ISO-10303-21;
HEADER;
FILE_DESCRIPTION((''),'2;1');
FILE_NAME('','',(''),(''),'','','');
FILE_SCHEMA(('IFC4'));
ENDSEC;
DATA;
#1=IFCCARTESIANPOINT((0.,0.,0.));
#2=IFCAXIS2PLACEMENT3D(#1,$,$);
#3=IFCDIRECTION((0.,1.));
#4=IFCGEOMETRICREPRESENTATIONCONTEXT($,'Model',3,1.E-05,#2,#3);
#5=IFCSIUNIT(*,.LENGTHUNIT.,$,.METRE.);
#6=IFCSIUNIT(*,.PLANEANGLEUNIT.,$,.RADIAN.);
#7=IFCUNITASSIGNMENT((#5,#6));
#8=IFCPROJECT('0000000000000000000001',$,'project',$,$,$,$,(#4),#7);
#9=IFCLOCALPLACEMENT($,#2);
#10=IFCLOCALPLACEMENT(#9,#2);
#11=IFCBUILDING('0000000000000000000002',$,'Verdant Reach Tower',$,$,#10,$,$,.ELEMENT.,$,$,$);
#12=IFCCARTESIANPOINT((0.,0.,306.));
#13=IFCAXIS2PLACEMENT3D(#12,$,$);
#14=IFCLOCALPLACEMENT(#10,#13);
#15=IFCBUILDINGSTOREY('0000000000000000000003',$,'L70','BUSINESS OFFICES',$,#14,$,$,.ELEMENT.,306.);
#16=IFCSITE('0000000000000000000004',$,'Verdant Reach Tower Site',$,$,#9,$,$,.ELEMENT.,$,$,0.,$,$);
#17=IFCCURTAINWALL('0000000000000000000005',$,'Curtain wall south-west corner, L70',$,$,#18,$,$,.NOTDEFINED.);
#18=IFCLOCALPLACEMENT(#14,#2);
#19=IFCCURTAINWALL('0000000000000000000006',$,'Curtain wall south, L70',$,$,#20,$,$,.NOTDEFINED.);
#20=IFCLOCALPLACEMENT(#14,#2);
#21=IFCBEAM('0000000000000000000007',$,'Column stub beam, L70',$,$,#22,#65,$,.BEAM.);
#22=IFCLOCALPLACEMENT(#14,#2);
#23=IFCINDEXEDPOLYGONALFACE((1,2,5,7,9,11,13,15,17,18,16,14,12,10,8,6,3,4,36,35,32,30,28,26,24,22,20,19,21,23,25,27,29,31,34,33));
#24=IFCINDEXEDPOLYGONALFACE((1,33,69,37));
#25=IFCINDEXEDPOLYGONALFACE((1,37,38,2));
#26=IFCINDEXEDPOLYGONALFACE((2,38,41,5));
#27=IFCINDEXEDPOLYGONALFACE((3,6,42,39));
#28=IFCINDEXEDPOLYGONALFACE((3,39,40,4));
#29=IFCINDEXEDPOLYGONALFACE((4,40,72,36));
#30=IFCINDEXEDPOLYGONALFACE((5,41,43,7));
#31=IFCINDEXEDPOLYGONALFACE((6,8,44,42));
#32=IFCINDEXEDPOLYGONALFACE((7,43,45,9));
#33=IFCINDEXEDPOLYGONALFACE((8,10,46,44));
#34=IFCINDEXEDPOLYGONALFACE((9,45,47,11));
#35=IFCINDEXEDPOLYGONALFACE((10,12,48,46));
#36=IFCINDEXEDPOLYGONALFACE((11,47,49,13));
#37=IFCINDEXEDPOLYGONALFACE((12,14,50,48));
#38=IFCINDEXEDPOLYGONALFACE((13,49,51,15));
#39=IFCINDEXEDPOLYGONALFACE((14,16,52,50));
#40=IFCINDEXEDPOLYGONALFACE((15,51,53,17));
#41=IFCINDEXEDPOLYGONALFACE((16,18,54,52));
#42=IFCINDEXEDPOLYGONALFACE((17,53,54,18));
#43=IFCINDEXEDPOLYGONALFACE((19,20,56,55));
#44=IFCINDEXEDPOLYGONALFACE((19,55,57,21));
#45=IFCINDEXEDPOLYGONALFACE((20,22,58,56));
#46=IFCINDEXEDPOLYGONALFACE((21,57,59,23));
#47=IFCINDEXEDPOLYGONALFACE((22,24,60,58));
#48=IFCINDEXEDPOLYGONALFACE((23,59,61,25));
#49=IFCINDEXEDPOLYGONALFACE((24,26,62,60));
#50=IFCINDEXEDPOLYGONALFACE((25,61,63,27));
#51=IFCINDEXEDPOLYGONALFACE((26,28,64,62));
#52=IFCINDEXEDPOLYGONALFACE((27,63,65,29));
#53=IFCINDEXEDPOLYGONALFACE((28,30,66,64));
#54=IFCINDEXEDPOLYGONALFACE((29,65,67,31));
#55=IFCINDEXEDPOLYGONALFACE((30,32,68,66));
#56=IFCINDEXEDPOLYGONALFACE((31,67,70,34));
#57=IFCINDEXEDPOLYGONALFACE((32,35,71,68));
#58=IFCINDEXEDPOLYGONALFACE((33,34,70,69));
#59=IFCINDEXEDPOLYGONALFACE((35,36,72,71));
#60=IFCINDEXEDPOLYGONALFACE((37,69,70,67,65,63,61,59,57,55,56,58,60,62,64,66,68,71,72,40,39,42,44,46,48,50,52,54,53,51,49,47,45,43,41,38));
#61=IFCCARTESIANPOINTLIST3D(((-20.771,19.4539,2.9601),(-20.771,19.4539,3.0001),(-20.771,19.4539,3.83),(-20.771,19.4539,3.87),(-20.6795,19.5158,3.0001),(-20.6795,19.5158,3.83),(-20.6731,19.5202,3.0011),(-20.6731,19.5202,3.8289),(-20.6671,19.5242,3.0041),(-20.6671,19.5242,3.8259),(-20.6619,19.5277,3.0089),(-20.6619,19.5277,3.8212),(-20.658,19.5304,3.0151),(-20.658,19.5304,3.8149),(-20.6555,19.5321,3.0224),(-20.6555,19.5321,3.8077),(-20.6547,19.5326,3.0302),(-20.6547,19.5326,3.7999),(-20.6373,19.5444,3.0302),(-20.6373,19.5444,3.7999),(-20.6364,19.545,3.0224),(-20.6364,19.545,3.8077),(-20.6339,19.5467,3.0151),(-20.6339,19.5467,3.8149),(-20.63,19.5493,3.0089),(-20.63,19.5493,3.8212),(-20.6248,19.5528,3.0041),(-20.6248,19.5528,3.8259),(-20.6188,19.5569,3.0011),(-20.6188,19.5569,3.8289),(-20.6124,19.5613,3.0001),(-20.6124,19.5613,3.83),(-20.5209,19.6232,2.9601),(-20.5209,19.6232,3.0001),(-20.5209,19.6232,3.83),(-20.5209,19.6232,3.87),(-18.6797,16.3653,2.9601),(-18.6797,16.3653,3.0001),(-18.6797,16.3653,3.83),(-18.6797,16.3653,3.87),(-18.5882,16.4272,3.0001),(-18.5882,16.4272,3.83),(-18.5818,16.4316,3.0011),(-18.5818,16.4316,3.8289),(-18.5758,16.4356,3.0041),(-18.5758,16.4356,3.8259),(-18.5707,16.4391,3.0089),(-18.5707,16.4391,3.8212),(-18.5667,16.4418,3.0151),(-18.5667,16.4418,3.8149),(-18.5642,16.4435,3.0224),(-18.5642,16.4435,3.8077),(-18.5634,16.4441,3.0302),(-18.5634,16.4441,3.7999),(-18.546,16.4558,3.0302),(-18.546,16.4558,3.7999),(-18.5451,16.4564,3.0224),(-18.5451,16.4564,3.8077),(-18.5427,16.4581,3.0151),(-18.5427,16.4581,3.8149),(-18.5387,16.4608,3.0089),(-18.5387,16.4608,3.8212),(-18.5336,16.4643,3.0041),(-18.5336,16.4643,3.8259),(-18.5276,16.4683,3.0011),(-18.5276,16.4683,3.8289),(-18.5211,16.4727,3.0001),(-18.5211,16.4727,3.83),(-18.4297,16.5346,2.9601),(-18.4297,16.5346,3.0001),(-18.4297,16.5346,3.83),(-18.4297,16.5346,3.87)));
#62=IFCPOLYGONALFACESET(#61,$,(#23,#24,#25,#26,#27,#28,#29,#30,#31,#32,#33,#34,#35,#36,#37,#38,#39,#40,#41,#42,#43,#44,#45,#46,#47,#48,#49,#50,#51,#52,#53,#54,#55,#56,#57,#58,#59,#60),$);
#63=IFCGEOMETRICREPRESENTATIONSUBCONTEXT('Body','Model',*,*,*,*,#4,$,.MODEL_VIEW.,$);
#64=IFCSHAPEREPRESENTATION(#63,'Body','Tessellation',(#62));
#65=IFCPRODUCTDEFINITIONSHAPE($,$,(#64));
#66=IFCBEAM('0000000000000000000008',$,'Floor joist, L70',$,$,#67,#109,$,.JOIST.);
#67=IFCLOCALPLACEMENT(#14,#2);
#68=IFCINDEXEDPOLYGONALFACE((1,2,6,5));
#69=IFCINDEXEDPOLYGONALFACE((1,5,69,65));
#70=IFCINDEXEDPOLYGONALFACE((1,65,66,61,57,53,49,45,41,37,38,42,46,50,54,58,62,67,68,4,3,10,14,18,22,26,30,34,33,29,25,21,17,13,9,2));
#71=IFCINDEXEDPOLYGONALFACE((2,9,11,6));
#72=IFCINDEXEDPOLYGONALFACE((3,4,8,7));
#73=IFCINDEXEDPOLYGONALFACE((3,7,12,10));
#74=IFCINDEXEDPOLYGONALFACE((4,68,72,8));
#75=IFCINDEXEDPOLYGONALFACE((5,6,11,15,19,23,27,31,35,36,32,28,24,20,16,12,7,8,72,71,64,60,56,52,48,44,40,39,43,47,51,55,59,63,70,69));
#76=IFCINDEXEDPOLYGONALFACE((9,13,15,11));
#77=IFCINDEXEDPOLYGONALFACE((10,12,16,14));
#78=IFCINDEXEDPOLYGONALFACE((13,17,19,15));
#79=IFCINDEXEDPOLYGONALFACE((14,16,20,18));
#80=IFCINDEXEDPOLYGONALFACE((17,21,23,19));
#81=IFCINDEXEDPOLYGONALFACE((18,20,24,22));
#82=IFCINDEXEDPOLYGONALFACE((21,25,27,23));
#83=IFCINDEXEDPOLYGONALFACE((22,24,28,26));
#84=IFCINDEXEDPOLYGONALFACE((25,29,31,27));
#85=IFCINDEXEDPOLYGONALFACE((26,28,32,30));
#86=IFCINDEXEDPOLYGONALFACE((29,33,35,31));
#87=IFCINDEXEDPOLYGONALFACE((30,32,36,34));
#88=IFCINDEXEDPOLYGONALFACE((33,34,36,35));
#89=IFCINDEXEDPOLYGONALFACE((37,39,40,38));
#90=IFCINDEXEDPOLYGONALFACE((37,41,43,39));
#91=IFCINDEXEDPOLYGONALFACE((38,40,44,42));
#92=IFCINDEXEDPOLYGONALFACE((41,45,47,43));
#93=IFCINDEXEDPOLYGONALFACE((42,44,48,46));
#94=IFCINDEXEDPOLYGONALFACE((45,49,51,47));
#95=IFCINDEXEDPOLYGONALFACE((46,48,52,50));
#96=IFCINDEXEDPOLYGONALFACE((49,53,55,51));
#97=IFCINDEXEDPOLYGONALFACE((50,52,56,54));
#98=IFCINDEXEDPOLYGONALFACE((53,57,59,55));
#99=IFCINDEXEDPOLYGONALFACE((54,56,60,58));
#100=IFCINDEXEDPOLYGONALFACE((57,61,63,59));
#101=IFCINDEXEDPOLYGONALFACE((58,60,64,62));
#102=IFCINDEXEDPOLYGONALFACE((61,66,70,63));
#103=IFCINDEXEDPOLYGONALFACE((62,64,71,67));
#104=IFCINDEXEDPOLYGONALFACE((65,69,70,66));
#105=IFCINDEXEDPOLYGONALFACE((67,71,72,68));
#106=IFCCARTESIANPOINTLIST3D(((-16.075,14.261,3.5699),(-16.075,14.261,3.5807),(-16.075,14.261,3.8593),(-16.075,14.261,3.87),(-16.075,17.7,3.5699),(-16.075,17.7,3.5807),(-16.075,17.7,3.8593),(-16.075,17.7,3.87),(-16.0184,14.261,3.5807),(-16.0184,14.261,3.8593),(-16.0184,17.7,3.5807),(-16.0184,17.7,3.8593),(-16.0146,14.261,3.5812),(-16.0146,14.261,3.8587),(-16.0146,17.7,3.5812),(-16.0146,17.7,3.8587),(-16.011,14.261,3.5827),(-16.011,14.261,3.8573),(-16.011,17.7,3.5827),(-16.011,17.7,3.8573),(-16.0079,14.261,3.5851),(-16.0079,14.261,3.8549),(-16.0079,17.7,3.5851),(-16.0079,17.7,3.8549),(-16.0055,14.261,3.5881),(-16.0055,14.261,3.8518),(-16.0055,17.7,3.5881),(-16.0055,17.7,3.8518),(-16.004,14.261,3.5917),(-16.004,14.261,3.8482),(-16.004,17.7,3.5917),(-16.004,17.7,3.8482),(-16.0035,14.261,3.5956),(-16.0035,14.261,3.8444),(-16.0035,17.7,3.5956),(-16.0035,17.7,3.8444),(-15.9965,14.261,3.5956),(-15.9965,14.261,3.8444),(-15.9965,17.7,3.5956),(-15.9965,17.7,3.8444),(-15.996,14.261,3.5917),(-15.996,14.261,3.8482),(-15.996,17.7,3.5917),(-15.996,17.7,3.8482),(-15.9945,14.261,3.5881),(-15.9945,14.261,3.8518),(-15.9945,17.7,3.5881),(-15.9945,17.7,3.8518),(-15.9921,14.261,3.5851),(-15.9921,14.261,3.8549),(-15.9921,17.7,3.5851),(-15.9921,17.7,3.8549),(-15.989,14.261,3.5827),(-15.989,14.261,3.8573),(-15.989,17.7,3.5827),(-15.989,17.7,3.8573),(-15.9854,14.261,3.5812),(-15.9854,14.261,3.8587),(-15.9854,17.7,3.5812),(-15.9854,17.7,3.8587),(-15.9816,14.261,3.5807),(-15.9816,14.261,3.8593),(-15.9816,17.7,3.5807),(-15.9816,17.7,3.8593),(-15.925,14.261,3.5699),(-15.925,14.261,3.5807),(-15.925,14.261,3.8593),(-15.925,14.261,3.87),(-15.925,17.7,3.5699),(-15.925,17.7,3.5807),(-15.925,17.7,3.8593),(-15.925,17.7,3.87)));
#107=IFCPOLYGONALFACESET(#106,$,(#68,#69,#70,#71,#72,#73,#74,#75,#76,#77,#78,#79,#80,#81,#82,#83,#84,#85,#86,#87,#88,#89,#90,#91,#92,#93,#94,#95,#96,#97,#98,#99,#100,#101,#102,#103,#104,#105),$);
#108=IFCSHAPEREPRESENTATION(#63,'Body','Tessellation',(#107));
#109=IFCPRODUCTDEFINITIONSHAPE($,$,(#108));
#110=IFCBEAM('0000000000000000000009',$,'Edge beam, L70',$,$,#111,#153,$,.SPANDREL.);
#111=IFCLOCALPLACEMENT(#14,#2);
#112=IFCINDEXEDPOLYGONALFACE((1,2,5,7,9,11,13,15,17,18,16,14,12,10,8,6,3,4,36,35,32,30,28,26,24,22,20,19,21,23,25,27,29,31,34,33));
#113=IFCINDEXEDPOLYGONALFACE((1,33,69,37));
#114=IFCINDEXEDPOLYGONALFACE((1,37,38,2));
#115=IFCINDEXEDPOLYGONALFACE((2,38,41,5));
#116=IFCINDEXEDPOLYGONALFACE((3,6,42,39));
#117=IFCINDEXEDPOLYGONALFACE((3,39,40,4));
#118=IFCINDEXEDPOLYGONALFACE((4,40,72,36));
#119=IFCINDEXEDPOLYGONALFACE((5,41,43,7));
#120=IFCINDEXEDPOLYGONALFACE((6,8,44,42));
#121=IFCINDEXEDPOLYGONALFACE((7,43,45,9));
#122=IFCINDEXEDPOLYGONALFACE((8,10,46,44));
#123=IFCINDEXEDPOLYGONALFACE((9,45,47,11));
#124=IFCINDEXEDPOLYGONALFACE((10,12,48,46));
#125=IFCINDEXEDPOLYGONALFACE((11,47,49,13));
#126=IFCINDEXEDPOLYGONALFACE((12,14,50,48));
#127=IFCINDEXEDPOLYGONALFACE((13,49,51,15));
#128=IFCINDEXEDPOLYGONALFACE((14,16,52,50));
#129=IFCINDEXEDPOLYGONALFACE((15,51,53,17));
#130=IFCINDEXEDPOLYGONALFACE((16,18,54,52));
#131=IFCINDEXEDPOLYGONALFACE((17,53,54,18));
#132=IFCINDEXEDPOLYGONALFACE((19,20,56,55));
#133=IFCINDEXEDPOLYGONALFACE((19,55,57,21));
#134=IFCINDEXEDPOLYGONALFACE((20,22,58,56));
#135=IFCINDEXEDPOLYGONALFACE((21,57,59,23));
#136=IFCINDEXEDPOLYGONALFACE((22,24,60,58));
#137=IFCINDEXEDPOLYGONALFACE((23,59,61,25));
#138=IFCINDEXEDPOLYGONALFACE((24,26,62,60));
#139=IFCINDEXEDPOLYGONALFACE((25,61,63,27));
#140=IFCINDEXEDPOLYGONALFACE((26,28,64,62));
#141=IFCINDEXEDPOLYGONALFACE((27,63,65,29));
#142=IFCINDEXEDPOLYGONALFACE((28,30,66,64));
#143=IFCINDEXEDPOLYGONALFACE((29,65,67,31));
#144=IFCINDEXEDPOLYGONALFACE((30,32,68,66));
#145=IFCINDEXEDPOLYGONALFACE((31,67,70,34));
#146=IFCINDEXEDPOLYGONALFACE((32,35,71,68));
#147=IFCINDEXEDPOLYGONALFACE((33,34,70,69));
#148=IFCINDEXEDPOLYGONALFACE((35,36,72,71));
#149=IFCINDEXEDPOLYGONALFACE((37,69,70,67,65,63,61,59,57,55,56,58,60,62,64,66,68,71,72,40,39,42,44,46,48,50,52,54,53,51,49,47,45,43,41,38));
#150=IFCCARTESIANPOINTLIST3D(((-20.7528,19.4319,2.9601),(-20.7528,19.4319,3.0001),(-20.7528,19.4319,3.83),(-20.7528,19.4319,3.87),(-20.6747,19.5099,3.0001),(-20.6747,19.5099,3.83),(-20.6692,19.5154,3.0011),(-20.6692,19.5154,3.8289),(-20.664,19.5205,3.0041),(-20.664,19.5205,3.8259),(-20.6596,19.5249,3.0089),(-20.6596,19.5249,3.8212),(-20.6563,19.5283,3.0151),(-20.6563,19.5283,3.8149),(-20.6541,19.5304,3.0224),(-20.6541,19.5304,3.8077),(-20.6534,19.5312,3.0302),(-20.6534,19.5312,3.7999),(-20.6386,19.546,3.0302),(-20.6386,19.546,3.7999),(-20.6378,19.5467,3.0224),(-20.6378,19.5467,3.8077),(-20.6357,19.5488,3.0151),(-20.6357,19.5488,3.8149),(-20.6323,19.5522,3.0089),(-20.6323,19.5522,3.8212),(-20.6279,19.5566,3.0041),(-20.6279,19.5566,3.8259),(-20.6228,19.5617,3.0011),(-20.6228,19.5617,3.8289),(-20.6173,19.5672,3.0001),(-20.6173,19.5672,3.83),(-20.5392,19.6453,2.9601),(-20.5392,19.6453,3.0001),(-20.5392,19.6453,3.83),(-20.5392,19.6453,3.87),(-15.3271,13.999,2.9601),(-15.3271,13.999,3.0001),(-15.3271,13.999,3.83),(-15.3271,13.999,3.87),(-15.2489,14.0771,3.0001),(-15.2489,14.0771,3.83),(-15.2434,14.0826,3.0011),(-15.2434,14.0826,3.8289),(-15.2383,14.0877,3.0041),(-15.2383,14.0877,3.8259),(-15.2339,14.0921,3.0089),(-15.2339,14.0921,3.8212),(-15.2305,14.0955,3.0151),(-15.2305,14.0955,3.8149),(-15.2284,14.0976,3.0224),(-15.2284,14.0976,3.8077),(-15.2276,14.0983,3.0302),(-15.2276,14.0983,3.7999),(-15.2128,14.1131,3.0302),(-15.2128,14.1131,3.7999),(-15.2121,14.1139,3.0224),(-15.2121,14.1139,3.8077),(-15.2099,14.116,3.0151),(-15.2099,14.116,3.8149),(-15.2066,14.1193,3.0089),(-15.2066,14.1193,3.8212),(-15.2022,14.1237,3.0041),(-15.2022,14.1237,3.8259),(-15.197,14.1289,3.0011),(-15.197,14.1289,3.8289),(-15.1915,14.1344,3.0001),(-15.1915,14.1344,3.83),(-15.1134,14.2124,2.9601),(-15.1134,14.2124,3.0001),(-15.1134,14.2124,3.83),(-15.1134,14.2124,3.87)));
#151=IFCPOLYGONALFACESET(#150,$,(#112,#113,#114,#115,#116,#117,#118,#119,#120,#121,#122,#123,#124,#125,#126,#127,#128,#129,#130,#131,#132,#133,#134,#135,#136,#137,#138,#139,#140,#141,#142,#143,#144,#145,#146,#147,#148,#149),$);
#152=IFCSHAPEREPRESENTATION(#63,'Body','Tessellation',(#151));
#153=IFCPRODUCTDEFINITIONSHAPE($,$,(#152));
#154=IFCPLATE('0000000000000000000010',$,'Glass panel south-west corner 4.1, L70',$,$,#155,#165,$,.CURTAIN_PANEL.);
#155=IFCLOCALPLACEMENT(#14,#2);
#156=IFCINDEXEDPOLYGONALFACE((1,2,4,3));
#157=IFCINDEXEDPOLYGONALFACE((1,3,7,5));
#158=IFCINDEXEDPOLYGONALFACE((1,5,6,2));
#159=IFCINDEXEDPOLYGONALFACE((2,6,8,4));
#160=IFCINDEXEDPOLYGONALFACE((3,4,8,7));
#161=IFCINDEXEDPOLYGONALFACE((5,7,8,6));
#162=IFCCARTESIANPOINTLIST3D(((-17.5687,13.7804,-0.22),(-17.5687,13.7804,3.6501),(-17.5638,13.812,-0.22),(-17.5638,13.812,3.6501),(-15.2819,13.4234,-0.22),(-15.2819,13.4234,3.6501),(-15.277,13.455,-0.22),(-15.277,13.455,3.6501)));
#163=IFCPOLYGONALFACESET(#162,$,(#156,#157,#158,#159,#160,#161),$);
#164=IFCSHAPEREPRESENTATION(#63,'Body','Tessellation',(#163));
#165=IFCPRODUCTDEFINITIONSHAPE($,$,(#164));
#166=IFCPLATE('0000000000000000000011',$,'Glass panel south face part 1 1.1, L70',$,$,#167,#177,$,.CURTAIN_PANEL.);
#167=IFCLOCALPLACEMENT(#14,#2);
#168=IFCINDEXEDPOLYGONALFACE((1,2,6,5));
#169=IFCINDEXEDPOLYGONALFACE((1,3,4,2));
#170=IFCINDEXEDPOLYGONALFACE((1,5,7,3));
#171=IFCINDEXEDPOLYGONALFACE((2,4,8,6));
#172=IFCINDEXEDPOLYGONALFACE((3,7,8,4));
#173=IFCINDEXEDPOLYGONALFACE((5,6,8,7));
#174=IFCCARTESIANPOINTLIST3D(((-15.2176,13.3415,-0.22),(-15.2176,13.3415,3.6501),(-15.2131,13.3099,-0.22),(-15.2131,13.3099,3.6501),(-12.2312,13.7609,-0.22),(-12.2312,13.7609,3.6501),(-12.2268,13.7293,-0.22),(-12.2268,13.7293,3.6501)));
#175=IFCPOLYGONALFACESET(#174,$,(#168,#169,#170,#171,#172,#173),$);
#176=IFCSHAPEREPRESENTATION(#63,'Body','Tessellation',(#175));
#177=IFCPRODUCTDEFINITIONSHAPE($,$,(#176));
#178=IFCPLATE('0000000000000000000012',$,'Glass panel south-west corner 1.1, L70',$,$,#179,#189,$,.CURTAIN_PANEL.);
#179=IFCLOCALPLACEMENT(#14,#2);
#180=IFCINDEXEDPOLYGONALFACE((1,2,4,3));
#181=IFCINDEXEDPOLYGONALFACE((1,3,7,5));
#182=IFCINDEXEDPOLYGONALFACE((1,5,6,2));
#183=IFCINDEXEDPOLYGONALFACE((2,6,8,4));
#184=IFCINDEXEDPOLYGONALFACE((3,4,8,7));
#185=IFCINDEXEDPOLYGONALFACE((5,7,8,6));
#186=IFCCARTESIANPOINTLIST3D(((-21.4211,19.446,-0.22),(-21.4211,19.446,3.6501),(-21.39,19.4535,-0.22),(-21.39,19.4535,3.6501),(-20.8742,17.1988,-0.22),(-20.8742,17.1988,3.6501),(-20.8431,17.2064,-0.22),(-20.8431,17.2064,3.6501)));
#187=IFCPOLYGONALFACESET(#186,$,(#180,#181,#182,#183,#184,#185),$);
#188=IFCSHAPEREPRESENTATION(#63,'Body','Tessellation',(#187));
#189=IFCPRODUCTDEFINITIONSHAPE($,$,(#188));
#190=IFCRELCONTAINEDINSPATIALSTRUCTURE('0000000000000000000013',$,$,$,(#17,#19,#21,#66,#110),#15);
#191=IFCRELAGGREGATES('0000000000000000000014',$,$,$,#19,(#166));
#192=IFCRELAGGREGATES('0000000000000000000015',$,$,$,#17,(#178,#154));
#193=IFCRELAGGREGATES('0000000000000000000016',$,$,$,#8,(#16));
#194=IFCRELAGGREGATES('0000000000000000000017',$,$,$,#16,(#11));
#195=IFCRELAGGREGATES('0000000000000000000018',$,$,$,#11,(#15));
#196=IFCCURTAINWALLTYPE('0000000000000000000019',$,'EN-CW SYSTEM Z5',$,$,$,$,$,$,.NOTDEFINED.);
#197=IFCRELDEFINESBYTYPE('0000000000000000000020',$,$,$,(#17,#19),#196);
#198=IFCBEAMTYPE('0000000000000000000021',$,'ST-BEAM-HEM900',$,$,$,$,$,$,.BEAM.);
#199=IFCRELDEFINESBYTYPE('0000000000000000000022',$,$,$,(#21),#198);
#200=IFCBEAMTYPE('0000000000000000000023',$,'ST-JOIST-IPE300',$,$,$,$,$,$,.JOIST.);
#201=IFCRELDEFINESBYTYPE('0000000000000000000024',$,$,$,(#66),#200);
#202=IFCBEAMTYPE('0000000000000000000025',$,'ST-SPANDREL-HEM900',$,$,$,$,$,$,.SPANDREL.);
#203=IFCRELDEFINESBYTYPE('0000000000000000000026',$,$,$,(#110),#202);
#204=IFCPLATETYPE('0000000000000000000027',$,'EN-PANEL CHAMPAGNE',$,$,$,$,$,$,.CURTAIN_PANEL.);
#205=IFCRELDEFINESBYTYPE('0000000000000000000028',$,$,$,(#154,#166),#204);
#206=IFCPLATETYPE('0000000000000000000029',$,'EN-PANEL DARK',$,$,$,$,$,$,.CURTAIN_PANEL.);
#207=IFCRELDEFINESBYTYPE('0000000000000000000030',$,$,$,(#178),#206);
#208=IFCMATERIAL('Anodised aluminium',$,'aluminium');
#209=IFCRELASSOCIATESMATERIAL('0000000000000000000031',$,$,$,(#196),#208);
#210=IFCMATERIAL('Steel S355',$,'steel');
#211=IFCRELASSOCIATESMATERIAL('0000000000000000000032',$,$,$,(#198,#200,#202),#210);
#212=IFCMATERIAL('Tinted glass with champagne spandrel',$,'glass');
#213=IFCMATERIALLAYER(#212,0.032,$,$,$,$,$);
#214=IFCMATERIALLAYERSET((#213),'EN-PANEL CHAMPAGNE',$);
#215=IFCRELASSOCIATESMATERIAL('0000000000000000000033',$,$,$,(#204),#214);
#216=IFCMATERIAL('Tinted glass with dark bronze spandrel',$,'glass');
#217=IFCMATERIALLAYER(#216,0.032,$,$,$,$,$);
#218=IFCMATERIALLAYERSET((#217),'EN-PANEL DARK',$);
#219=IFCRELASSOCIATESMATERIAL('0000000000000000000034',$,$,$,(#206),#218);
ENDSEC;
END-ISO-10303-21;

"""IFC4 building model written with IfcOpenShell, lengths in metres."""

from ifc_helpers import new_model, si_unit, direction, frame, origin, origin_2d, place, context, subcontext, project, spatial, rectangle, i_section, extrude, material, layer, layer_set, material_profile, profile_set, type_object, element, aggregate, save


model = new_model("IFC4")

# Units and contexts
model_context = context("Model", 3, precision=1e-05, world=origin(), true_north=direction((0.0, 1.0)))
body_context = subcontext(model_context, "Body", "Model", "MODEL_VIEW")
ifc_project = project(units=[si_unit("LENGTHUNIT", "METRE"), si_unit("PLANEANGLEUNIT", "RADIAN")], contexts=[model_context])

# Site, building, storey
site_placement = place(None, origin())
site = spatial("IfcSite", under=ifc_project, at=site_placement, Name="Verdant Reach Tower Site", CompositionType="ELEMENT", RefElevation=0.0)
building_placement = place(site_placement, origin())
building = spatial("IfcBuilding", under=site, at=building_placement, Name="Verdant Reach Tower", CompositionType="ELEMENT")
storey_placement = place(building_placement, frame((0.0, 0.0, 306.0)))
storey = spatial("IfcBuildingStorey", under=building, at=storey_placement, Name="L70", Description="BUSINESS OFFICES", CompositionType="ELEMENT", Elevation=306.0)

# Curtain walls
ifc_material_1 = material(Name="Anodised aluminium", Category="aluminium")
curtain_wall_type = type_object("IfcCurtainWallType", Name="EN-CW SYSTEM Z5", PredefinedType="NOTDEFINED", material=ifc_material_1)
curtain_wall_1_placement = place(storey_placement, origin())
curtain_wall_1 = element("IfcCurtainWall", 1, at=curtain_wall_1_placement, inside=storey, type_object=curtain_wall_type, Name="Curtain wall south-west corner, L70", PredefinedType="NOTDEFINED")
curtain_wall_2_placement = place(storey_placement, origin())
curtain_wall_2 = element("IfcCurtainWall", 2, at=curtain_wall_2_placement, inside=storey, type_object=curtain_wall_type, Name="Curtain wall south, L70", PredefinedType="NOTDEFINED")

# Beams
ifc_material_2 = material(Name="Steel S355", Category="steel")
ifc_material_profile_1 = material_profile(ifc_material_2, i_section(OverallWidth=0.302, OverallDepth=0.9099, WebThickness=0.021, FlangeThickness=0.04, FilletRadius=0.03, at=origin_2d()), Name="HEM 900")
ifc_profile_set_1 = profile_set([ifc_material_profile_1], Name="Steel S355")
beam_type_1 = type_object("IfcBeamType", Name="ST-BEAM-HEM900", PredefinedType="BEAM", material=ifc_profile_set_1)
beam_1_placement = place(storey_placement, frame((-18.5547, 16.45, 3.415), z_axis=(-0.560667, 0.828041, 0.0), x_axis=(-0.828041, -0.560667, 0.0)))
element("IfcBeam", 3, at=beam_1_placement, inside=storey, type_object=beam_type_1, Name="Column stub beam, L70", PredefinedType="BEAM", context=body_context, shape_type="SweptSolid", body=[
    extrude(i_section(OverallWidth=0.302, OverallDepth=0.9099, WebThickness=0.021, FlangeThickness=0.04, FilletRadius=0.03, at=origin_2d()), origin(), (0.0, 0.0, 1.0), 3.73),
])
ifc_material_profile_2 = material_profile(ifc_material_2, i_section(OverallWidth=0.1499, OverallDepth=0.3, WebThickness=0.0071, FlangeThickness=0.0107, FilletRadius=0.0149, at=origin_2d()), Name="IPE 300")
ifc_profile_set_2 = profile_set([ifc_material_profile_2], Name="Steel S355")
beam_type_2 = type_object("IfcBeamType", Name="ST-JOIST-IPE300", PredefinedType="JOIST", material=ifc_profile_set_2)
beam_2_placement = place(storey_placement, frame((-16.0, 17.7, 3.72), z_axis=(0.0, -1.0, 0.0), x_axis=(1.0, 0.0, 0.0)))
element("IfcBeam", 4, at=beam_2_placement, inside=storey, type_object=beam_type_2, Name="Floor joist, L70", PredefinedType="JOIST", context=body_context, shape_type="SweptSolid", body=[
    extrude(i_section(OverallWidth=0.1499, OverallDepth=0.3, WebThickness=0.0071, FlangeThickness=0.0107, FilletRadius=0.0149, at=origin_2d()), origin(), (0.0, 0.0, 1.0), 3.439),
])
ifc_material_profile_3 = material_profile(ifc_material_2, i_section(OverallWidth=0.302, OverallDepth=0.9099, WebThickness=0.021, FlangeThickness=0.04, FilletRadius=0.03, at=origin_2d()), Name="HEM 900")
ifc_profile_set_3 = profile_set([ifc_material_profile_3], Name="Steel S355")
beam_type_3 = type_object("IfcBeamType", Name="ST-SPANDREL-HEM900", PredefinedType="SPANDREL", material=ifc_profile_set_3)
beam_3_placement = place(storey_placement, frame((-15.2202, 14.1057, 3.415), z_axis=(-0.706646, 0.707568, 0.0), x_axis=(-0.707568, -0.706646, 0.0)))
element("IfcBeam", 5, at=beam_3_placement, inside=storey, type_object=beam_type_3, Name="Edge beam, L70", PredefinedType="SPANDREL", context=body_context, shape_type="SweptSolid", body=[
    extrude(i_section(OverallWidth=0.302, OverallDepth=0.9099, WebThickness=0.021, FlangeThickness=0.04, FilletRadius=0.03, at=origin_2d()), origin(), (0.0, 0.0, 1.0), 7.6782),
])

# Plates
ifc_material_3 = material(Name="Tinted glass with champagne spandrel", Category="glass")
ifc_layer_1 = layer(ifc_material_3, 0.032)
ifc_layer_set_1 = layer_set([ifc_layer_1], Name="EN-PANEL CHAMPAGNE")
plate_type_1 = type_object("IfcPlateType", Name="EN-PANEL CHAMPAGNE", PredefinedType="CURTAIN_PANEL", material=ifc_layer_set_1)
plate_1_placement = place(storey_placement, frame((-16.4229, 13.6177, -0.22), z_axis=(0.0, 0.0, 1.0), x_axis=(0.988033, -0.15424, 0.0)))
plate_1 = element("IfcPlate", 6, at=plate_1_placement, type_object=plate_type_1, Name="Glass panel south-west corner 4.1, L70", PredefinedType="CURTAIN_PANEL", context=body_context, shape_type="SweptSolid", body=[
    extrude(rectangle(XDim=2.3145, YDim=0.032, at=origin_2d()), origin(), (0.0, 0.0, 1.0), 3.8701),
])
plate_2_placement = place(storey_placement, frame((-13.7222, 13.5354, -0.22), z_axis=(0.0, 0.0, 1.0), x_axis=(0.990282, 0.139077, 0.0)))
plate_2 = element("IfcPlate", 7, at=plate_2_placement, type_object=plate_type_1, Name="Glass panel south face part 1 1.1, L70", PredefinedType="CURTAIN_PANEL", context=body_context, shape_type="SweptSolid", body=[
    extrude(rectangle(XDim=3.0156, YDim=0.032, at=origin_2d()), origin(), (0.0, 0.0, 1.0), 3.8701),
])
aggregate(curtain_wall_2, [plate_2])
ifc_material_4 = material(Name="Tinted glass with dark bronze spandrel", Category="glass")
ifc_layer_2 = layer(ifc_material_4, 0.032)
ifc_layer_set_2 = layer_set([ifc_layer_2], Name="EN-PANEL DARK")
plate_type_2 = type_object("IfcPlateType", Name="EN-PANEL DARK", PredefinedType="CURTAIN_PANEL", material=ifc_layer_set_2)
plate_3_placement = place(storey_placement, frame((-21.1321, 18.3262, -0.22), z_axis=(0.0, 0.0, 1.0), x_axis=(0.236471, -0.971638, 0.0)))
plate_3 = element("IfcPlate", 8, at=plate_3_placement, type_object=plate_type_2, Name="Glass panel south-west corner 1.1, L70", PredefinedType="CURTAIN_PANEL", context=body_context, shape_type="SweptSolid", body=[
    extrude(rectangle(XDim=2.3127, YDim=0.032, at=origin_2d()), origin(), (0.0, 0.0, 1.0), 3.8701),
])
aggregate(curtain_wall_1, [plate_3, plate_1])

save(model, "model.ifc")
